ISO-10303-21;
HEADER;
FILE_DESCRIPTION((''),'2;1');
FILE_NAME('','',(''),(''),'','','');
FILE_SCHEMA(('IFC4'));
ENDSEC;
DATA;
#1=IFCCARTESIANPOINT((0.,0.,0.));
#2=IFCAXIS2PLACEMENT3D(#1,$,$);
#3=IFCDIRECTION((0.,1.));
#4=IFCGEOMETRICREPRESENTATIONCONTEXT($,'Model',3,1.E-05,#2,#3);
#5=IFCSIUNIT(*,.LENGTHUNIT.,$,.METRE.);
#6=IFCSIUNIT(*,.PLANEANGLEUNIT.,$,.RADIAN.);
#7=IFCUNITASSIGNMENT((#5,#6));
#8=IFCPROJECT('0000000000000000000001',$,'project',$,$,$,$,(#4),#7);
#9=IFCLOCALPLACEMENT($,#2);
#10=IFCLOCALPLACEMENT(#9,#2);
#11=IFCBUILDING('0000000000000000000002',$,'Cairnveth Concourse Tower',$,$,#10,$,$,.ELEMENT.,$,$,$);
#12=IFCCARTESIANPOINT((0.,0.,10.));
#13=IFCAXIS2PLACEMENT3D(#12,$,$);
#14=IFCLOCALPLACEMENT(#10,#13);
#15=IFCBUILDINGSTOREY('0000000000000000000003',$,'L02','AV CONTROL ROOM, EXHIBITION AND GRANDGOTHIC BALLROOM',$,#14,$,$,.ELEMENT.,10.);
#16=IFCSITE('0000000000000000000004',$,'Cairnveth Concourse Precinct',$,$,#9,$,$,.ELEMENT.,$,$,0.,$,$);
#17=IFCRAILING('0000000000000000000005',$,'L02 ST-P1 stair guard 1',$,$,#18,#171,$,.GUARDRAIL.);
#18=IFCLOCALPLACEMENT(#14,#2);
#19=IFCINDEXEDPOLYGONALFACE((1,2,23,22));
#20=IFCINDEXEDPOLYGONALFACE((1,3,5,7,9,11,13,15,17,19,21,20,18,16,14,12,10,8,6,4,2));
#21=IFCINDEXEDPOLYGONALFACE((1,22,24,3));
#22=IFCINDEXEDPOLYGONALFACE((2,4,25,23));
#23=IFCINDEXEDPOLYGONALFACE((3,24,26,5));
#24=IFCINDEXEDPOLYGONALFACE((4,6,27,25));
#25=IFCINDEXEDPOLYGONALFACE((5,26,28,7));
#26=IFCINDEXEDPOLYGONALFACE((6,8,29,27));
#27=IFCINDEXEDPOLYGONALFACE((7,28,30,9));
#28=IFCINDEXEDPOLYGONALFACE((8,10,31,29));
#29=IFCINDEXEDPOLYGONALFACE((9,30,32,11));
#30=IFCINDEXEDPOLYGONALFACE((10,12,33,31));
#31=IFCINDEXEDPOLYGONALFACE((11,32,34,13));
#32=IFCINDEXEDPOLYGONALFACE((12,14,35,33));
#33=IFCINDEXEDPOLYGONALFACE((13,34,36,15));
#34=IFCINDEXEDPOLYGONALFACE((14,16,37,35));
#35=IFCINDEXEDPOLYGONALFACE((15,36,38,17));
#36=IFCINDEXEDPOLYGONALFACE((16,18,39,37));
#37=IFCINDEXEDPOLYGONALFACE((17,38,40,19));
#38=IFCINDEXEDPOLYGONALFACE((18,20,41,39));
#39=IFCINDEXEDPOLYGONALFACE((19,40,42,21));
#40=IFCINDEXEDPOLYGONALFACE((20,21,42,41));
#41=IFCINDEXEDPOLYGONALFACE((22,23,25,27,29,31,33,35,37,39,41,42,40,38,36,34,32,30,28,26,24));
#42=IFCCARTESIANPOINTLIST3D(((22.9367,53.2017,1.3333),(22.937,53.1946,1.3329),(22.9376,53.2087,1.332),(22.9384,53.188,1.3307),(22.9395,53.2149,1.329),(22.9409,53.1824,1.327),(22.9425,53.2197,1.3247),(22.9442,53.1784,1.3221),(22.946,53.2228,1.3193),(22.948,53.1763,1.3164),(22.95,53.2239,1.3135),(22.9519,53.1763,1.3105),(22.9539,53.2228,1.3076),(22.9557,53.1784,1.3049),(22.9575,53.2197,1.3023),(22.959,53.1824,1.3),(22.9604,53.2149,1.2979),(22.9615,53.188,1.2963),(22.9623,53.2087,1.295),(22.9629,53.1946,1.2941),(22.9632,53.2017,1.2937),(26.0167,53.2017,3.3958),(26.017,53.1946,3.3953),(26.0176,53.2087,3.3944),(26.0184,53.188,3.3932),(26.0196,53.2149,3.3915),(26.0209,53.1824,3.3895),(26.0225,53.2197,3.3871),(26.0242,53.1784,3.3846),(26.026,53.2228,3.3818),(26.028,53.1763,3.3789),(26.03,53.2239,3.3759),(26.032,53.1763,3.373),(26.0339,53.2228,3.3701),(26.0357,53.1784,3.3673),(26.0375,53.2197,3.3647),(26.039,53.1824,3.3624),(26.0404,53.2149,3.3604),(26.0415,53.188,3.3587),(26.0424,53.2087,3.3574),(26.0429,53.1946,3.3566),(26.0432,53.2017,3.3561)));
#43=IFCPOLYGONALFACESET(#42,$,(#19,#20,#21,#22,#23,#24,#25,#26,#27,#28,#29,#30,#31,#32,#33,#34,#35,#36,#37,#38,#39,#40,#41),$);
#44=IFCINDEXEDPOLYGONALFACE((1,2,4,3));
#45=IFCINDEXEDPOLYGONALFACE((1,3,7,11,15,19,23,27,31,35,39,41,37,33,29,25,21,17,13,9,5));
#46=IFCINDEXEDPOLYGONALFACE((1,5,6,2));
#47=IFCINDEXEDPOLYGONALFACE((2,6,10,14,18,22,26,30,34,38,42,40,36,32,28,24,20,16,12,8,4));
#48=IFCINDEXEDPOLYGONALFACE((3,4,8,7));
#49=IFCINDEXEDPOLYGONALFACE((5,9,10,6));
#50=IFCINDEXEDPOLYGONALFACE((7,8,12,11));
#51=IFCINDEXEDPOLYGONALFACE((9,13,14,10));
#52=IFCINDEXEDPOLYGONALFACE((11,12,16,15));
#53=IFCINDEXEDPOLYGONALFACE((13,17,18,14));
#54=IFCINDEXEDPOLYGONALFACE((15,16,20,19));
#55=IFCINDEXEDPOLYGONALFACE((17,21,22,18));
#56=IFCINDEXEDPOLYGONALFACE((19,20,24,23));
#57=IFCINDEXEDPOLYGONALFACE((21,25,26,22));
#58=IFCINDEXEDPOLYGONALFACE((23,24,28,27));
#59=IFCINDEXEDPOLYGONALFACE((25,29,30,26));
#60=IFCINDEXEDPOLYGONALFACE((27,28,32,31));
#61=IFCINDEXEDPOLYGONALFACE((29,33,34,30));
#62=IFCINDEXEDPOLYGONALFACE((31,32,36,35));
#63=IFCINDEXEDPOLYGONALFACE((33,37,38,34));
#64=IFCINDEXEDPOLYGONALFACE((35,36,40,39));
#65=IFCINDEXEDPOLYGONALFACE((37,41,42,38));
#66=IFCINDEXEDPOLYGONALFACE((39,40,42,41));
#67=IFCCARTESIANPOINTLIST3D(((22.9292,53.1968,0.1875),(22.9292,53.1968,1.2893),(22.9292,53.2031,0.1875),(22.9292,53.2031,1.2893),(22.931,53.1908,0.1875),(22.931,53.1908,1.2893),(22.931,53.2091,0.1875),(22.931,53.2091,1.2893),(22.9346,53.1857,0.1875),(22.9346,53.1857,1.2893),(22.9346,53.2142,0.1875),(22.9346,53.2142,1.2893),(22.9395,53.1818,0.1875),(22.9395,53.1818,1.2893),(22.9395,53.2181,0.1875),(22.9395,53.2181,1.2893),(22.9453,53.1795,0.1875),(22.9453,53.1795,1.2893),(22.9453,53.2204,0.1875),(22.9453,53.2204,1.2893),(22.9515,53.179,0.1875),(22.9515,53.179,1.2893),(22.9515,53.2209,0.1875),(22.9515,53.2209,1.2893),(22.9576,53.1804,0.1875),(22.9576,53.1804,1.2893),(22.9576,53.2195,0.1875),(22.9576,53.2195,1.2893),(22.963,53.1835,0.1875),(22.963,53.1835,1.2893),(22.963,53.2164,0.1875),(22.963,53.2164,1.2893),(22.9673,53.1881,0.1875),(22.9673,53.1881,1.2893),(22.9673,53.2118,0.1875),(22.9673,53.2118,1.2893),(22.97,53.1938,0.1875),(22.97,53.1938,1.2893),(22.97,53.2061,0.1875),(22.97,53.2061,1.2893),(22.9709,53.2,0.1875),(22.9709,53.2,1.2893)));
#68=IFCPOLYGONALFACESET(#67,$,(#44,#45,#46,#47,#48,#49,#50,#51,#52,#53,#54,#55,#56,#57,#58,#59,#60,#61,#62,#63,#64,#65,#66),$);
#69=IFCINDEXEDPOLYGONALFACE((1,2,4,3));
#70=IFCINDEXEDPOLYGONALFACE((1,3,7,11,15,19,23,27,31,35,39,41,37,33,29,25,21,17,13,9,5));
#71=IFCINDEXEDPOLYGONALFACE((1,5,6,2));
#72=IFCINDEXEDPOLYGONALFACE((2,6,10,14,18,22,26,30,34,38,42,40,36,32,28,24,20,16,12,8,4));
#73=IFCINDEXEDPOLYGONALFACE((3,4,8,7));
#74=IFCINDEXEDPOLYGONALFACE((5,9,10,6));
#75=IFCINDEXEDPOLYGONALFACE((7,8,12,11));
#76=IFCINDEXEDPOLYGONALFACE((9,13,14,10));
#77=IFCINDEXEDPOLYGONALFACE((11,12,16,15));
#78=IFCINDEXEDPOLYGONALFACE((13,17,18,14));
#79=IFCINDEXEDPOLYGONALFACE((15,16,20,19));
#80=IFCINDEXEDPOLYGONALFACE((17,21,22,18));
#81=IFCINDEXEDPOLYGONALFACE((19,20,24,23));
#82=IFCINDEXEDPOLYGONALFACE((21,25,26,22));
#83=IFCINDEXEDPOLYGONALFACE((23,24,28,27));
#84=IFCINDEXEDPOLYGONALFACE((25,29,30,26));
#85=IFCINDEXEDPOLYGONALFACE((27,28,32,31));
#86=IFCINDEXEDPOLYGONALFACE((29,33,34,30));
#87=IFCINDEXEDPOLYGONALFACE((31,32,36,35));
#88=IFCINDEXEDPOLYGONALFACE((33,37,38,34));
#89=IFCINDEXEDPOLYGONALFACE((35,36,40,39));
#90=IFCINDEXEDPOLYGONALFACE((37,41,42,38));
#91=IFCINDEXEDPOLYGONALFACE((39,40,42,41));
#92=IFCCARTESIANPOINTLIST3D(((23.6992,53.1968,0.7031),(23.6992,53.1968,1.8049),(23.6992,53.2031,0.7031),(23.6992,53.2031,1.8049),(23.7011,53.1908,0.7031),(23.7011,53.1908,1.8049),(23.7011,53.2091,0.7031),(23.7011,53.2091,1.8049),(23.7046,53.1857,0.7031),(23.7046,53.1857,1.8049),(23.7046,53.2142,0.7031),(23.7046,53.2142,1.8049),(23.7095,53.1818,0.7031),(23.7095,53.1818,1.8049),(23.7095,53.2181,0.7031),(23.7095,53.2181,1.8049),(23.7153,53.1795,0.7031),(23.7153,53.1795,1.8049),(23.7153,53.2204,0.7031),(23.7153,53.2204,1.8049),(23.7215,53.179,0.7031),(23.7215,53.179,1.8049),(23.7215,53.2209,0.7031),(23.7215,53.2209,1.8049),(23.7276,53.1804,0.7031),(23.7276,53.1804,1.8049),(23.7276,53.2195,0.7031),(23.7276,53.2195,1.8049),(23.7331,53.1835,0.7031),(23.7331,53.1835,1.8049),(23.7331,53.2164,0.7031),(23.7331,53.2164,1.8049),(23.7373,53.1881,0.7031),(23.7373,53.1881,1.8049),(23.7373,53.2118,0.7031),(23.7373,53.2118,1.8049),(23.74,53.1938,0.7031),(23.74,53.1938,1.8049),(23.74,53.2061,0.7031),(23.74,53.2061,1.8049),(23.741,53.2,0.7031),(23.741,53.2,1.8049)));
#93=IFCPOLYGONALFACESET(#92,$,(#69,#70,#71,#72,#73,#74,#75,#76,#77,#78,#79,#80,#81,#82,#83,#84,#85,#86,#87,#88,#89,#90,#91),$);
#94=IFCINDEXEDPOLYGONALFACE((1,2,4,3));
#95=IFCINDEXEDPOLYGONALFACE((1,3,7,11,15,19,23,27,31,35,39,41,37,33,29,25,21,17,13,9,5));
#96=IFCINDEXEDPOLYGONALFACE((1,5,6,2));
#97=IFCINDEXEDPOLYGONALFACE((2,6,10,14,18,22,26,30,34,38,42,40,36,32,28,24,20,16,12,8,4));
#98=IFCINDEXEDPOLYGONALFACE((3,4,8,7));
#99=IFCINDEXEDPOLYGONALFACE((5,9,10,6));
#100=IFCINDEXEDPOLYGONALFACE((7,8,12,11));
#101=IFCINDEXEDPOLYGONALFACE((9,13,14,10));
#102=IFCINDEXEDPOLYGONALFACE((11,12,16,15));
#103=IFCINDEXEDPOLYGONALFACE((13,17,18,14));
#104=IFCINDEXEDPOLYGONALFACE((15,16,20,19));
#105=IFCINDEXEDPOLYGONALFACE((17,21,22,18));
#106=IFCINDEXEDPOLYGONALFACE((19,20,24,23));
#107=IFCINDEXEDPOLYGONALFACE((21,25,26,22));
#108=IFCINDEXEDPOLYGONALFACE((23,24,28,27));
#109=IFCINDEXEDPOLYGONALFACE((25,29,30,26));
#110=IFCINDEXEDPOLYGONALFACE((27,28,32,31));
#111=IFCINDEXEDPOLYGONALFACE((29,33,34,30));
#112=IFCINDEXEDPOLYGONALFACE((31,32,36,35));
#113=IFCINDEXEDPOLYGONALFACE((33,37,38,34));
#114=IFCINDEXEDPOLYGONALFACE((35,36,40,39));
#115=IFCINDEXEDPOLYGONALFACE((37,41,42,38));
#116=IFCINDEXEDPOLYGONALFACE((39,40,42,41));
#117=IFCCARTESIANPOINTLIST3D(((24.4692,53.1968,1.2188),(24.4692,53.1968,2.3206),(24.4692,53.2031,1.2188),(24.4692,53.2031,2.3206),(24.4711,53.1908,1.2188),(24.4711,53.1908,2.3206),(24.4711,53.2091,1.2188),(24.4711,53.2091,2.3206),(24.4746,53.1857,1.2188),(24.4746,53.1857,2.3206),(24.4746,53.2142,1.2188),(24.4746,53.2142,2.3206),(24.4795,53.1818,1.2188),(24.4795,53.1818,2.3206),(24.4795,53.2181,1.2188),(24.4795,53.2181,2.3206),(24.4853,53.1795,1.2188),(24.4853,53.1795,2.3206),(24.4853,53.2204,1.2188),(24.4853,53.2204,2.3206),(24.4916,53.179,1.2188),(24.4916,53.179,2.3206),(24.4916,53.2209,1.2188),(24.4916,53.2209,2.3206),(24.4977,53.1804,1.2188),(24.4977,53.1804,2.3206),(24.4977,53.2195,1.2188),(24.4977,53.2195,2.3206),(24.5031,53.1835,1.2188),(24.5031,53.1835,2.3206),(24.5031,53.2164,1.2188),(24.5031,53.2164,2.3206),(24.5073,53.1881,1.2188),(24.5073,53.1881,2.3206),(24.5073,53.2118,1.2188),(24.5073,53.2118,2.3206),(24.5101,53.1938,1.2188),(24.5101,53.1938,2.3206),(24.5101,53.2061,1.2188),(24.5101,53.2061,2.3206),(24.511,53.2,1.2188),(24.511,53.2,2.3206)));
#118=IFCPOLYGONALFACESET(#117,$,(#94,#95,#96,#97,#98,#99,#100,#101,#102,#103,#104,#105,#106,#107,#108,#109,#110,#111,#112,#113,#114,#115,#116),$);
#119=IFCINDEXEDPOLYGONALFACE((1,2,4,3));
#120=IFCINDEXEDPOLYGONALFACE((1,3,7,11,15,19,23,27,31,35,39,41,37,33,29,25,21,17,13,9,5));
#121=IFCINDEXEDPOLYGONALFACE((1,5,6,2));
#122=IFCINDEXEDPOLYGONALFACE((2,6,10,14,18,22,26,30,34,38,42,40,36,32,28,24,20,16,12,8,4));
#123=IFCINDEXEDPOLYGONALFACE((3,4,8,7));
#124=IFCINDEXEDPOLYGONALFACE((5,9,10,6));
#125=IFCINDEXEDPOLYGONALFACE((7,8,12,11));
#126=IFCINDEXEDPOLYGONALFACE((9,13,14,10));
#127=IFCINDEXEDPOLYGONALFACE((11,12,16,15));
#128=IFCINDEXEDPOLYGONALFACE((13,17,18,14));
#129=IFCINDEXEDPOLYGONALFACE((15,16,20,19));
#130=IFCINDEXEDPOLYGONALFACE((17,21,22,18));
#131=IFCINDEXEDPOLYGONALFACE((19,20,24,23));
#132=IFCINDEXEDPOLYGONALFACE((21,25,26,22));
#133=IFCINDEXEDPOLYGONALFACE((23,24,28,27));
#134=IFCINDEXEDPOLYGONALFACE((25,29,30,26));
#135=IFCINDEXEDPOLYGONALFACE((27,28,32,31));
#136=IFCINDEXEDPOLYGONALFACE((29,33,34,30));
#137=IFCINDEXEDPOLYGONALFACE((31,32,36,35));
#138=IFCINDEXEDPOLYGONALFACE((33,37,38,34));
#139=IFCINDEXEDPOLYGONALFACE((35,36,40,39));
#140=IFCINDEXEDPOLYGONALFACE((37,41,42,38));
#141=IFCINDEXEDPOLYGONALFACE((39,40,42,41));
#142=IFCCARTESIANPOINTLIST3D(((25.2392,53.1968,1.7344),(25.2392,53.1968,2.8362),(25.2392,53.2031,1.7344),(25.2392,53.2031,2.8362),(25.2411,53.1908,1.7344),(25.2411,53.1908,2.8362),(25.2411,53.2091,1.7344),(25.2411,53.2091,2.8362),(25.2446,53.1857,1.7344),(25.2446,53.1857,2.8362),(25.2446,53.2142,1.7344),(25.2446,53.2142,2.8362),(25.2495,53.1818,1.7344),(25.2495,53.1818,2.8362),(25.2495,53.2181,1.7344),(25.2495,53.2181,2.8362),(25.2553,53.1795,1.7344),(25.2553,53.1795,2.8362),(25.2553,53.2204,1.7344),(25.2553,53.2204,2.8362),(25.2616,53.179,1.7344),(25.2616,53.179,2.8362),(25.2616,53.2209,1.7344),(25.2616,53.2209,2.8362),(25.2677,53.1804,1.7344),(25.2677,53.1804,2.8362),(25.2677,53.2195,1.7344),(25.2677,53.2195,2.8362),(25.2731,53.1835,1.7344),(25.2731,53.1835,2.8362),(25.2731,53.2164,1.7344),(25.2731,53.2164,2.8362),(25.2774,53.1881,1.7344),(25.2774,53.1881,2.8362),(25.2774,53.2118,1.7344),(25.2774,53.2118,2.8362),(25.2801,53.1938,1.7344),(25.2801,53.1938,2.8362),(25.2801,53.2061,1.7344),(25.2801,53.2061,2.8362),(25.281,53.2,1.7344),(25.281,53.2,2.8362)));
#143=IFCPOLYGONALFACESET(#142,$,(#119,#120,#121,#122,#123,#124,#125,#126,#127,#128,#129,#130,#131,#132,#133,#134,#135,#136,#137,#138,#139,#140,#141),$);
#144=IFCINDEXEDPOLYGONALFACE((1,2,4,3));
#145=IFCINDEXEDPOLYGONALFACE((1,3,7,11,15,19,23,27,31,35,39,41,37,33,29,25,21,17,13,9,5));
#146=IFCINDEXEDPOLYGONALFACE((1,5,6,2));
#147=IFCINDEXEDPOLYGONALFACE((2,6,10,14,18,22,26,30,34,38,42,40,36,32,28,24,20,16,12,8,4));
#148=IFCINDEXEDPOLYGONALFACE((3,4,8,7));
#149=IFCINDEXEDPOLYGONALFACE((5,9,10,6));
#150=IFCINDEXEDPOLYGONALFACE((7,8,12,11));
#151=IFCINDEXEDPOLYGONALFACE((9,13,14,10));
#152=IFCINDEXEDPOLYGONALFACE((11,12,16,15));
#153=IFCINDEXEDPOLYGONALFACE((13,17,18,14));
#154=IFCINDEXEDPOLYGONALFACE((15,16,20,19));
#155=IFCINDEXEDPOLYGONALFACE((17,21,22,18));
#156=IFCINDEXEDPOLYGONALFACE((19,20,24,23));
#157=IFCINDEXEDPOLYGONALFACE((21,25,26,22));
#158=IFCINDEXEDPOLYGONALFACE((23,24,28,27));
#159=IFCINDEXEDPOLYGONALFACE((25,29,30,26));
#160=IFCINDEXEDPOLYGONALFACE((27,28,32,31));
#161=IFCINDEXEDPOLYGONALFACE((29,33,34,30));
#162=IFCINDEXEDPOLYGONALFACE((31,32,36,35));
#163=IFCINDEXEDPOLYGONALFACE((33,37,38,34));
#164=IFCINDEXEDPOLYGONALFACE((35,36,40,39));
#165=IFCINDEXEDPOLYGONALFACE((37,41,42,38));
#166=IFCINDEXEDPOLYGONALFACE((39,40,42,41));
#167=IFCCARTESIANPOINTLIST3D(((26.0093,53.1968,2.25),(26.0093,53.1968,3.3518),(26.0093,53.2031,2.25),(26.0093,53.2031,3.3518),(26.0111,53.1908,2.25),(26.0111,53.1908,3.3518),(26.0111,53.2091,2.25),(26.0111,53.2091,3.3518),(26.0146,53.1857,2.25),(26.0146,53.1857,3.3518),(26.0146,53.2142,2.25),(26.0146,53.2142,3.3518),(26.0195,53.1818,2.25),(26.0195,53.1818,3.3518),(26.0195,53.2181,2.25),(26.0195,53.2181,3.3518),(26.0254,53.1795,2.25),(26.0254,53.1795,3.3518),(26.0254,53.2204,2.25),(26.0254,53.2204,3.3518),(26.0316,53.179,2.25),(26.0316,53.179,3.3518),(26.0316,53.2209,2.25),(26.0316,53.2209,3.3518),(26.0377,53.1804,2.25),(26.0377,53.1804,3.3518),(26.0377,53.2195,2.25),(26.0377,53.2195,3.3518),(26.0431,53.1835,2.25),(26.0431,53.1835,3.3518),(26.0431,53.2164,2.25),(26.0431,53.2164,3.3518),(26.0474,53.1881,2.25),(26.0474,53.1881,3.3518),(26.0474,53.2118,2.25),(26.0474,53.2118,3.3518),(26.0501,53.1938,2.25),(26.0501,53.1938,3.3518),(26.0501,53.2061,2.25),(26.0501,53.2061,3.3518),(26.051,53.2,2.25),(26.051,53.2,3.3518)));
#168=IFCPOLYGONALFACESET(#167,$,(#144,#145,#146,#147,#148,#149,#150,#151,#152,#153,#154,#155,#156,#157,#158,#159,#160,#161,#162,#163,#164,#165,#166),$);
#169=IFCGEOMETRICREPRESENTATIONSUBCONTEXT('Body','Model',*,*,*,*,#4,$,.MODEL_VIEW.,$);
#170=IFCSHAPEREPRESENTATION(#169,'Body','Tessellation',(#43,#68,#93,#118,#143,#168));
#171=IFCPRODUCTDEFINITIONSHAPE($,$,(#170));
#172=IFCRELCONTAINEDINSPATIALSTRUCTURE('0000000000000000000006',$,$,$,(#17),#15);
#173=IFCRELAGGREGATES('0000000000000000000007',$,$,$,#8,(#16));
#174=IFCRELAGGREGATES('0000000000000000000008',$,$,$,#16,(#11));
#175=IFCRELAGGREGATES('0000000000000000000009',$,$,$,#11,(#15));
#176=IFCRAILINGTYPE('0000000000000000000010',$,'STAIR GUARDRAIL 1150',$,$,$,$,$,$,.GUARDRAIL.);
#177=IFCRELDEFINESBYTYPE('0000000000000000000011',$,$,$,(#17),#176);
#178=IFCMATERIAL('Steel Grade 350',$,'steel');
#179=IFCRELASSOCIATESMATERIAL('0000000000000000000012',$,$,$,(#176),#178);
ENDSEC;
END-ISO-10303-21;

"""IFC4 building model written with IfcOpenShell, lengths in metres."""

from ifc_helpers import new_model, si_unit, direction, frame, origin, origin_2d, place, context, subcontext, project, spatial, circle, extrude, material, type_object, element, save


model = new_model("IFC4")

# Units and contexts
model_context = context("Model", 3, precision=1e-05, world=origin(), true_north=direction((0.0, 1.0)))
body_context = subcontext(model_context, "Body", "Model", "MODEL_VIEW")
ifc_project = project(units=[si_unit("LENGTHUNIT", "METRE"), si_unit("PLANEANGLEUNIT", "RADIAN")], contexts=[model_context])

# Site, building, storey
site_placement = place(None, origin())
site = spatial("IfcSite", under=ifc_project, at=site_placement, Name="Cairnveth Concourse Precinct", CompositionType="ELEMENT", RefElevation=0.0)
building_placement = place(site_placement, origin())
building = spatial("IfcBuilding", under=site, at=building_placement, Name="Cairnveth Concourse Tower", CompositionType="ELEMENT")
storey_placement = place(building_placement, frame((0.0, 0.0, 10.0)))
storey = spatial("IfcBuildingStorey", under=building, at=storey_placement, Name="L02", Description="AV CONTROL ROOM, EXHIBITION AND GRANDGOTHIC BALLROOM", CompositionType="ELEMENT", Elevation=10.0)

# Shared definitions
ifc_material_1 = material(Name="Steel Grade 350", Category="steel")

# Railing
railing_type_1 = type_object("IfcRailingType", Name="STAIR GUARDRAIL 1150", PredefinedType="GUARDRAIL", material=ifc_material_1)
railing_1_placement = place(storey_placement, frame((22.95, 53.2, 0.1875)))
element("IfcRailing", 1, at=railing_1_placement, inside=storey, type_object=railing_type_1, Name="L02 ST-P1 stair guard 1", PredefinedType="GUARDRAIL", context=body_context, shape_type="SweptSolid", body=[
    extrude(circle(Radius=0.0239, at=origin_2d()), frame((0.0, 0.0, 1.126), z_axis=(0.830914, 0.0, 0.556401), x_axis=(0.0, 1.0, 0.0)), (0.0, 0.0, 1.0), 3.7068),
    extrude(circle(Radius=0.021, at=origin_2d()), origin(), (0.0, 0.0, 1.0), 1.1018),
    extrude(circle(Radius=0.021, at=origin_2d()), frame((0.77, 0.0, 0.5156)), (0.0, 0.0, 1.0), 1.1018),
    extrude(circle(Radius=0.021, at=origin_2d()), frame((1.54, 0.0, 1.0312)), (0.0, 0.0, 1.0), 1.1018),
    extrude(circle(Radius=0.021, at=origin_2d()), frame((2.3101, 0.0, 1.5469)), (0.0, 0.0, 1.0), 1.1018),
    extrude(circle(Radius=0.021, at=origin_2d()), frame((3.0801, 0.0, 2.0625)), (0.0, 0.0, 1.0), 1.1018),
])

save(model, "model.ifc")
